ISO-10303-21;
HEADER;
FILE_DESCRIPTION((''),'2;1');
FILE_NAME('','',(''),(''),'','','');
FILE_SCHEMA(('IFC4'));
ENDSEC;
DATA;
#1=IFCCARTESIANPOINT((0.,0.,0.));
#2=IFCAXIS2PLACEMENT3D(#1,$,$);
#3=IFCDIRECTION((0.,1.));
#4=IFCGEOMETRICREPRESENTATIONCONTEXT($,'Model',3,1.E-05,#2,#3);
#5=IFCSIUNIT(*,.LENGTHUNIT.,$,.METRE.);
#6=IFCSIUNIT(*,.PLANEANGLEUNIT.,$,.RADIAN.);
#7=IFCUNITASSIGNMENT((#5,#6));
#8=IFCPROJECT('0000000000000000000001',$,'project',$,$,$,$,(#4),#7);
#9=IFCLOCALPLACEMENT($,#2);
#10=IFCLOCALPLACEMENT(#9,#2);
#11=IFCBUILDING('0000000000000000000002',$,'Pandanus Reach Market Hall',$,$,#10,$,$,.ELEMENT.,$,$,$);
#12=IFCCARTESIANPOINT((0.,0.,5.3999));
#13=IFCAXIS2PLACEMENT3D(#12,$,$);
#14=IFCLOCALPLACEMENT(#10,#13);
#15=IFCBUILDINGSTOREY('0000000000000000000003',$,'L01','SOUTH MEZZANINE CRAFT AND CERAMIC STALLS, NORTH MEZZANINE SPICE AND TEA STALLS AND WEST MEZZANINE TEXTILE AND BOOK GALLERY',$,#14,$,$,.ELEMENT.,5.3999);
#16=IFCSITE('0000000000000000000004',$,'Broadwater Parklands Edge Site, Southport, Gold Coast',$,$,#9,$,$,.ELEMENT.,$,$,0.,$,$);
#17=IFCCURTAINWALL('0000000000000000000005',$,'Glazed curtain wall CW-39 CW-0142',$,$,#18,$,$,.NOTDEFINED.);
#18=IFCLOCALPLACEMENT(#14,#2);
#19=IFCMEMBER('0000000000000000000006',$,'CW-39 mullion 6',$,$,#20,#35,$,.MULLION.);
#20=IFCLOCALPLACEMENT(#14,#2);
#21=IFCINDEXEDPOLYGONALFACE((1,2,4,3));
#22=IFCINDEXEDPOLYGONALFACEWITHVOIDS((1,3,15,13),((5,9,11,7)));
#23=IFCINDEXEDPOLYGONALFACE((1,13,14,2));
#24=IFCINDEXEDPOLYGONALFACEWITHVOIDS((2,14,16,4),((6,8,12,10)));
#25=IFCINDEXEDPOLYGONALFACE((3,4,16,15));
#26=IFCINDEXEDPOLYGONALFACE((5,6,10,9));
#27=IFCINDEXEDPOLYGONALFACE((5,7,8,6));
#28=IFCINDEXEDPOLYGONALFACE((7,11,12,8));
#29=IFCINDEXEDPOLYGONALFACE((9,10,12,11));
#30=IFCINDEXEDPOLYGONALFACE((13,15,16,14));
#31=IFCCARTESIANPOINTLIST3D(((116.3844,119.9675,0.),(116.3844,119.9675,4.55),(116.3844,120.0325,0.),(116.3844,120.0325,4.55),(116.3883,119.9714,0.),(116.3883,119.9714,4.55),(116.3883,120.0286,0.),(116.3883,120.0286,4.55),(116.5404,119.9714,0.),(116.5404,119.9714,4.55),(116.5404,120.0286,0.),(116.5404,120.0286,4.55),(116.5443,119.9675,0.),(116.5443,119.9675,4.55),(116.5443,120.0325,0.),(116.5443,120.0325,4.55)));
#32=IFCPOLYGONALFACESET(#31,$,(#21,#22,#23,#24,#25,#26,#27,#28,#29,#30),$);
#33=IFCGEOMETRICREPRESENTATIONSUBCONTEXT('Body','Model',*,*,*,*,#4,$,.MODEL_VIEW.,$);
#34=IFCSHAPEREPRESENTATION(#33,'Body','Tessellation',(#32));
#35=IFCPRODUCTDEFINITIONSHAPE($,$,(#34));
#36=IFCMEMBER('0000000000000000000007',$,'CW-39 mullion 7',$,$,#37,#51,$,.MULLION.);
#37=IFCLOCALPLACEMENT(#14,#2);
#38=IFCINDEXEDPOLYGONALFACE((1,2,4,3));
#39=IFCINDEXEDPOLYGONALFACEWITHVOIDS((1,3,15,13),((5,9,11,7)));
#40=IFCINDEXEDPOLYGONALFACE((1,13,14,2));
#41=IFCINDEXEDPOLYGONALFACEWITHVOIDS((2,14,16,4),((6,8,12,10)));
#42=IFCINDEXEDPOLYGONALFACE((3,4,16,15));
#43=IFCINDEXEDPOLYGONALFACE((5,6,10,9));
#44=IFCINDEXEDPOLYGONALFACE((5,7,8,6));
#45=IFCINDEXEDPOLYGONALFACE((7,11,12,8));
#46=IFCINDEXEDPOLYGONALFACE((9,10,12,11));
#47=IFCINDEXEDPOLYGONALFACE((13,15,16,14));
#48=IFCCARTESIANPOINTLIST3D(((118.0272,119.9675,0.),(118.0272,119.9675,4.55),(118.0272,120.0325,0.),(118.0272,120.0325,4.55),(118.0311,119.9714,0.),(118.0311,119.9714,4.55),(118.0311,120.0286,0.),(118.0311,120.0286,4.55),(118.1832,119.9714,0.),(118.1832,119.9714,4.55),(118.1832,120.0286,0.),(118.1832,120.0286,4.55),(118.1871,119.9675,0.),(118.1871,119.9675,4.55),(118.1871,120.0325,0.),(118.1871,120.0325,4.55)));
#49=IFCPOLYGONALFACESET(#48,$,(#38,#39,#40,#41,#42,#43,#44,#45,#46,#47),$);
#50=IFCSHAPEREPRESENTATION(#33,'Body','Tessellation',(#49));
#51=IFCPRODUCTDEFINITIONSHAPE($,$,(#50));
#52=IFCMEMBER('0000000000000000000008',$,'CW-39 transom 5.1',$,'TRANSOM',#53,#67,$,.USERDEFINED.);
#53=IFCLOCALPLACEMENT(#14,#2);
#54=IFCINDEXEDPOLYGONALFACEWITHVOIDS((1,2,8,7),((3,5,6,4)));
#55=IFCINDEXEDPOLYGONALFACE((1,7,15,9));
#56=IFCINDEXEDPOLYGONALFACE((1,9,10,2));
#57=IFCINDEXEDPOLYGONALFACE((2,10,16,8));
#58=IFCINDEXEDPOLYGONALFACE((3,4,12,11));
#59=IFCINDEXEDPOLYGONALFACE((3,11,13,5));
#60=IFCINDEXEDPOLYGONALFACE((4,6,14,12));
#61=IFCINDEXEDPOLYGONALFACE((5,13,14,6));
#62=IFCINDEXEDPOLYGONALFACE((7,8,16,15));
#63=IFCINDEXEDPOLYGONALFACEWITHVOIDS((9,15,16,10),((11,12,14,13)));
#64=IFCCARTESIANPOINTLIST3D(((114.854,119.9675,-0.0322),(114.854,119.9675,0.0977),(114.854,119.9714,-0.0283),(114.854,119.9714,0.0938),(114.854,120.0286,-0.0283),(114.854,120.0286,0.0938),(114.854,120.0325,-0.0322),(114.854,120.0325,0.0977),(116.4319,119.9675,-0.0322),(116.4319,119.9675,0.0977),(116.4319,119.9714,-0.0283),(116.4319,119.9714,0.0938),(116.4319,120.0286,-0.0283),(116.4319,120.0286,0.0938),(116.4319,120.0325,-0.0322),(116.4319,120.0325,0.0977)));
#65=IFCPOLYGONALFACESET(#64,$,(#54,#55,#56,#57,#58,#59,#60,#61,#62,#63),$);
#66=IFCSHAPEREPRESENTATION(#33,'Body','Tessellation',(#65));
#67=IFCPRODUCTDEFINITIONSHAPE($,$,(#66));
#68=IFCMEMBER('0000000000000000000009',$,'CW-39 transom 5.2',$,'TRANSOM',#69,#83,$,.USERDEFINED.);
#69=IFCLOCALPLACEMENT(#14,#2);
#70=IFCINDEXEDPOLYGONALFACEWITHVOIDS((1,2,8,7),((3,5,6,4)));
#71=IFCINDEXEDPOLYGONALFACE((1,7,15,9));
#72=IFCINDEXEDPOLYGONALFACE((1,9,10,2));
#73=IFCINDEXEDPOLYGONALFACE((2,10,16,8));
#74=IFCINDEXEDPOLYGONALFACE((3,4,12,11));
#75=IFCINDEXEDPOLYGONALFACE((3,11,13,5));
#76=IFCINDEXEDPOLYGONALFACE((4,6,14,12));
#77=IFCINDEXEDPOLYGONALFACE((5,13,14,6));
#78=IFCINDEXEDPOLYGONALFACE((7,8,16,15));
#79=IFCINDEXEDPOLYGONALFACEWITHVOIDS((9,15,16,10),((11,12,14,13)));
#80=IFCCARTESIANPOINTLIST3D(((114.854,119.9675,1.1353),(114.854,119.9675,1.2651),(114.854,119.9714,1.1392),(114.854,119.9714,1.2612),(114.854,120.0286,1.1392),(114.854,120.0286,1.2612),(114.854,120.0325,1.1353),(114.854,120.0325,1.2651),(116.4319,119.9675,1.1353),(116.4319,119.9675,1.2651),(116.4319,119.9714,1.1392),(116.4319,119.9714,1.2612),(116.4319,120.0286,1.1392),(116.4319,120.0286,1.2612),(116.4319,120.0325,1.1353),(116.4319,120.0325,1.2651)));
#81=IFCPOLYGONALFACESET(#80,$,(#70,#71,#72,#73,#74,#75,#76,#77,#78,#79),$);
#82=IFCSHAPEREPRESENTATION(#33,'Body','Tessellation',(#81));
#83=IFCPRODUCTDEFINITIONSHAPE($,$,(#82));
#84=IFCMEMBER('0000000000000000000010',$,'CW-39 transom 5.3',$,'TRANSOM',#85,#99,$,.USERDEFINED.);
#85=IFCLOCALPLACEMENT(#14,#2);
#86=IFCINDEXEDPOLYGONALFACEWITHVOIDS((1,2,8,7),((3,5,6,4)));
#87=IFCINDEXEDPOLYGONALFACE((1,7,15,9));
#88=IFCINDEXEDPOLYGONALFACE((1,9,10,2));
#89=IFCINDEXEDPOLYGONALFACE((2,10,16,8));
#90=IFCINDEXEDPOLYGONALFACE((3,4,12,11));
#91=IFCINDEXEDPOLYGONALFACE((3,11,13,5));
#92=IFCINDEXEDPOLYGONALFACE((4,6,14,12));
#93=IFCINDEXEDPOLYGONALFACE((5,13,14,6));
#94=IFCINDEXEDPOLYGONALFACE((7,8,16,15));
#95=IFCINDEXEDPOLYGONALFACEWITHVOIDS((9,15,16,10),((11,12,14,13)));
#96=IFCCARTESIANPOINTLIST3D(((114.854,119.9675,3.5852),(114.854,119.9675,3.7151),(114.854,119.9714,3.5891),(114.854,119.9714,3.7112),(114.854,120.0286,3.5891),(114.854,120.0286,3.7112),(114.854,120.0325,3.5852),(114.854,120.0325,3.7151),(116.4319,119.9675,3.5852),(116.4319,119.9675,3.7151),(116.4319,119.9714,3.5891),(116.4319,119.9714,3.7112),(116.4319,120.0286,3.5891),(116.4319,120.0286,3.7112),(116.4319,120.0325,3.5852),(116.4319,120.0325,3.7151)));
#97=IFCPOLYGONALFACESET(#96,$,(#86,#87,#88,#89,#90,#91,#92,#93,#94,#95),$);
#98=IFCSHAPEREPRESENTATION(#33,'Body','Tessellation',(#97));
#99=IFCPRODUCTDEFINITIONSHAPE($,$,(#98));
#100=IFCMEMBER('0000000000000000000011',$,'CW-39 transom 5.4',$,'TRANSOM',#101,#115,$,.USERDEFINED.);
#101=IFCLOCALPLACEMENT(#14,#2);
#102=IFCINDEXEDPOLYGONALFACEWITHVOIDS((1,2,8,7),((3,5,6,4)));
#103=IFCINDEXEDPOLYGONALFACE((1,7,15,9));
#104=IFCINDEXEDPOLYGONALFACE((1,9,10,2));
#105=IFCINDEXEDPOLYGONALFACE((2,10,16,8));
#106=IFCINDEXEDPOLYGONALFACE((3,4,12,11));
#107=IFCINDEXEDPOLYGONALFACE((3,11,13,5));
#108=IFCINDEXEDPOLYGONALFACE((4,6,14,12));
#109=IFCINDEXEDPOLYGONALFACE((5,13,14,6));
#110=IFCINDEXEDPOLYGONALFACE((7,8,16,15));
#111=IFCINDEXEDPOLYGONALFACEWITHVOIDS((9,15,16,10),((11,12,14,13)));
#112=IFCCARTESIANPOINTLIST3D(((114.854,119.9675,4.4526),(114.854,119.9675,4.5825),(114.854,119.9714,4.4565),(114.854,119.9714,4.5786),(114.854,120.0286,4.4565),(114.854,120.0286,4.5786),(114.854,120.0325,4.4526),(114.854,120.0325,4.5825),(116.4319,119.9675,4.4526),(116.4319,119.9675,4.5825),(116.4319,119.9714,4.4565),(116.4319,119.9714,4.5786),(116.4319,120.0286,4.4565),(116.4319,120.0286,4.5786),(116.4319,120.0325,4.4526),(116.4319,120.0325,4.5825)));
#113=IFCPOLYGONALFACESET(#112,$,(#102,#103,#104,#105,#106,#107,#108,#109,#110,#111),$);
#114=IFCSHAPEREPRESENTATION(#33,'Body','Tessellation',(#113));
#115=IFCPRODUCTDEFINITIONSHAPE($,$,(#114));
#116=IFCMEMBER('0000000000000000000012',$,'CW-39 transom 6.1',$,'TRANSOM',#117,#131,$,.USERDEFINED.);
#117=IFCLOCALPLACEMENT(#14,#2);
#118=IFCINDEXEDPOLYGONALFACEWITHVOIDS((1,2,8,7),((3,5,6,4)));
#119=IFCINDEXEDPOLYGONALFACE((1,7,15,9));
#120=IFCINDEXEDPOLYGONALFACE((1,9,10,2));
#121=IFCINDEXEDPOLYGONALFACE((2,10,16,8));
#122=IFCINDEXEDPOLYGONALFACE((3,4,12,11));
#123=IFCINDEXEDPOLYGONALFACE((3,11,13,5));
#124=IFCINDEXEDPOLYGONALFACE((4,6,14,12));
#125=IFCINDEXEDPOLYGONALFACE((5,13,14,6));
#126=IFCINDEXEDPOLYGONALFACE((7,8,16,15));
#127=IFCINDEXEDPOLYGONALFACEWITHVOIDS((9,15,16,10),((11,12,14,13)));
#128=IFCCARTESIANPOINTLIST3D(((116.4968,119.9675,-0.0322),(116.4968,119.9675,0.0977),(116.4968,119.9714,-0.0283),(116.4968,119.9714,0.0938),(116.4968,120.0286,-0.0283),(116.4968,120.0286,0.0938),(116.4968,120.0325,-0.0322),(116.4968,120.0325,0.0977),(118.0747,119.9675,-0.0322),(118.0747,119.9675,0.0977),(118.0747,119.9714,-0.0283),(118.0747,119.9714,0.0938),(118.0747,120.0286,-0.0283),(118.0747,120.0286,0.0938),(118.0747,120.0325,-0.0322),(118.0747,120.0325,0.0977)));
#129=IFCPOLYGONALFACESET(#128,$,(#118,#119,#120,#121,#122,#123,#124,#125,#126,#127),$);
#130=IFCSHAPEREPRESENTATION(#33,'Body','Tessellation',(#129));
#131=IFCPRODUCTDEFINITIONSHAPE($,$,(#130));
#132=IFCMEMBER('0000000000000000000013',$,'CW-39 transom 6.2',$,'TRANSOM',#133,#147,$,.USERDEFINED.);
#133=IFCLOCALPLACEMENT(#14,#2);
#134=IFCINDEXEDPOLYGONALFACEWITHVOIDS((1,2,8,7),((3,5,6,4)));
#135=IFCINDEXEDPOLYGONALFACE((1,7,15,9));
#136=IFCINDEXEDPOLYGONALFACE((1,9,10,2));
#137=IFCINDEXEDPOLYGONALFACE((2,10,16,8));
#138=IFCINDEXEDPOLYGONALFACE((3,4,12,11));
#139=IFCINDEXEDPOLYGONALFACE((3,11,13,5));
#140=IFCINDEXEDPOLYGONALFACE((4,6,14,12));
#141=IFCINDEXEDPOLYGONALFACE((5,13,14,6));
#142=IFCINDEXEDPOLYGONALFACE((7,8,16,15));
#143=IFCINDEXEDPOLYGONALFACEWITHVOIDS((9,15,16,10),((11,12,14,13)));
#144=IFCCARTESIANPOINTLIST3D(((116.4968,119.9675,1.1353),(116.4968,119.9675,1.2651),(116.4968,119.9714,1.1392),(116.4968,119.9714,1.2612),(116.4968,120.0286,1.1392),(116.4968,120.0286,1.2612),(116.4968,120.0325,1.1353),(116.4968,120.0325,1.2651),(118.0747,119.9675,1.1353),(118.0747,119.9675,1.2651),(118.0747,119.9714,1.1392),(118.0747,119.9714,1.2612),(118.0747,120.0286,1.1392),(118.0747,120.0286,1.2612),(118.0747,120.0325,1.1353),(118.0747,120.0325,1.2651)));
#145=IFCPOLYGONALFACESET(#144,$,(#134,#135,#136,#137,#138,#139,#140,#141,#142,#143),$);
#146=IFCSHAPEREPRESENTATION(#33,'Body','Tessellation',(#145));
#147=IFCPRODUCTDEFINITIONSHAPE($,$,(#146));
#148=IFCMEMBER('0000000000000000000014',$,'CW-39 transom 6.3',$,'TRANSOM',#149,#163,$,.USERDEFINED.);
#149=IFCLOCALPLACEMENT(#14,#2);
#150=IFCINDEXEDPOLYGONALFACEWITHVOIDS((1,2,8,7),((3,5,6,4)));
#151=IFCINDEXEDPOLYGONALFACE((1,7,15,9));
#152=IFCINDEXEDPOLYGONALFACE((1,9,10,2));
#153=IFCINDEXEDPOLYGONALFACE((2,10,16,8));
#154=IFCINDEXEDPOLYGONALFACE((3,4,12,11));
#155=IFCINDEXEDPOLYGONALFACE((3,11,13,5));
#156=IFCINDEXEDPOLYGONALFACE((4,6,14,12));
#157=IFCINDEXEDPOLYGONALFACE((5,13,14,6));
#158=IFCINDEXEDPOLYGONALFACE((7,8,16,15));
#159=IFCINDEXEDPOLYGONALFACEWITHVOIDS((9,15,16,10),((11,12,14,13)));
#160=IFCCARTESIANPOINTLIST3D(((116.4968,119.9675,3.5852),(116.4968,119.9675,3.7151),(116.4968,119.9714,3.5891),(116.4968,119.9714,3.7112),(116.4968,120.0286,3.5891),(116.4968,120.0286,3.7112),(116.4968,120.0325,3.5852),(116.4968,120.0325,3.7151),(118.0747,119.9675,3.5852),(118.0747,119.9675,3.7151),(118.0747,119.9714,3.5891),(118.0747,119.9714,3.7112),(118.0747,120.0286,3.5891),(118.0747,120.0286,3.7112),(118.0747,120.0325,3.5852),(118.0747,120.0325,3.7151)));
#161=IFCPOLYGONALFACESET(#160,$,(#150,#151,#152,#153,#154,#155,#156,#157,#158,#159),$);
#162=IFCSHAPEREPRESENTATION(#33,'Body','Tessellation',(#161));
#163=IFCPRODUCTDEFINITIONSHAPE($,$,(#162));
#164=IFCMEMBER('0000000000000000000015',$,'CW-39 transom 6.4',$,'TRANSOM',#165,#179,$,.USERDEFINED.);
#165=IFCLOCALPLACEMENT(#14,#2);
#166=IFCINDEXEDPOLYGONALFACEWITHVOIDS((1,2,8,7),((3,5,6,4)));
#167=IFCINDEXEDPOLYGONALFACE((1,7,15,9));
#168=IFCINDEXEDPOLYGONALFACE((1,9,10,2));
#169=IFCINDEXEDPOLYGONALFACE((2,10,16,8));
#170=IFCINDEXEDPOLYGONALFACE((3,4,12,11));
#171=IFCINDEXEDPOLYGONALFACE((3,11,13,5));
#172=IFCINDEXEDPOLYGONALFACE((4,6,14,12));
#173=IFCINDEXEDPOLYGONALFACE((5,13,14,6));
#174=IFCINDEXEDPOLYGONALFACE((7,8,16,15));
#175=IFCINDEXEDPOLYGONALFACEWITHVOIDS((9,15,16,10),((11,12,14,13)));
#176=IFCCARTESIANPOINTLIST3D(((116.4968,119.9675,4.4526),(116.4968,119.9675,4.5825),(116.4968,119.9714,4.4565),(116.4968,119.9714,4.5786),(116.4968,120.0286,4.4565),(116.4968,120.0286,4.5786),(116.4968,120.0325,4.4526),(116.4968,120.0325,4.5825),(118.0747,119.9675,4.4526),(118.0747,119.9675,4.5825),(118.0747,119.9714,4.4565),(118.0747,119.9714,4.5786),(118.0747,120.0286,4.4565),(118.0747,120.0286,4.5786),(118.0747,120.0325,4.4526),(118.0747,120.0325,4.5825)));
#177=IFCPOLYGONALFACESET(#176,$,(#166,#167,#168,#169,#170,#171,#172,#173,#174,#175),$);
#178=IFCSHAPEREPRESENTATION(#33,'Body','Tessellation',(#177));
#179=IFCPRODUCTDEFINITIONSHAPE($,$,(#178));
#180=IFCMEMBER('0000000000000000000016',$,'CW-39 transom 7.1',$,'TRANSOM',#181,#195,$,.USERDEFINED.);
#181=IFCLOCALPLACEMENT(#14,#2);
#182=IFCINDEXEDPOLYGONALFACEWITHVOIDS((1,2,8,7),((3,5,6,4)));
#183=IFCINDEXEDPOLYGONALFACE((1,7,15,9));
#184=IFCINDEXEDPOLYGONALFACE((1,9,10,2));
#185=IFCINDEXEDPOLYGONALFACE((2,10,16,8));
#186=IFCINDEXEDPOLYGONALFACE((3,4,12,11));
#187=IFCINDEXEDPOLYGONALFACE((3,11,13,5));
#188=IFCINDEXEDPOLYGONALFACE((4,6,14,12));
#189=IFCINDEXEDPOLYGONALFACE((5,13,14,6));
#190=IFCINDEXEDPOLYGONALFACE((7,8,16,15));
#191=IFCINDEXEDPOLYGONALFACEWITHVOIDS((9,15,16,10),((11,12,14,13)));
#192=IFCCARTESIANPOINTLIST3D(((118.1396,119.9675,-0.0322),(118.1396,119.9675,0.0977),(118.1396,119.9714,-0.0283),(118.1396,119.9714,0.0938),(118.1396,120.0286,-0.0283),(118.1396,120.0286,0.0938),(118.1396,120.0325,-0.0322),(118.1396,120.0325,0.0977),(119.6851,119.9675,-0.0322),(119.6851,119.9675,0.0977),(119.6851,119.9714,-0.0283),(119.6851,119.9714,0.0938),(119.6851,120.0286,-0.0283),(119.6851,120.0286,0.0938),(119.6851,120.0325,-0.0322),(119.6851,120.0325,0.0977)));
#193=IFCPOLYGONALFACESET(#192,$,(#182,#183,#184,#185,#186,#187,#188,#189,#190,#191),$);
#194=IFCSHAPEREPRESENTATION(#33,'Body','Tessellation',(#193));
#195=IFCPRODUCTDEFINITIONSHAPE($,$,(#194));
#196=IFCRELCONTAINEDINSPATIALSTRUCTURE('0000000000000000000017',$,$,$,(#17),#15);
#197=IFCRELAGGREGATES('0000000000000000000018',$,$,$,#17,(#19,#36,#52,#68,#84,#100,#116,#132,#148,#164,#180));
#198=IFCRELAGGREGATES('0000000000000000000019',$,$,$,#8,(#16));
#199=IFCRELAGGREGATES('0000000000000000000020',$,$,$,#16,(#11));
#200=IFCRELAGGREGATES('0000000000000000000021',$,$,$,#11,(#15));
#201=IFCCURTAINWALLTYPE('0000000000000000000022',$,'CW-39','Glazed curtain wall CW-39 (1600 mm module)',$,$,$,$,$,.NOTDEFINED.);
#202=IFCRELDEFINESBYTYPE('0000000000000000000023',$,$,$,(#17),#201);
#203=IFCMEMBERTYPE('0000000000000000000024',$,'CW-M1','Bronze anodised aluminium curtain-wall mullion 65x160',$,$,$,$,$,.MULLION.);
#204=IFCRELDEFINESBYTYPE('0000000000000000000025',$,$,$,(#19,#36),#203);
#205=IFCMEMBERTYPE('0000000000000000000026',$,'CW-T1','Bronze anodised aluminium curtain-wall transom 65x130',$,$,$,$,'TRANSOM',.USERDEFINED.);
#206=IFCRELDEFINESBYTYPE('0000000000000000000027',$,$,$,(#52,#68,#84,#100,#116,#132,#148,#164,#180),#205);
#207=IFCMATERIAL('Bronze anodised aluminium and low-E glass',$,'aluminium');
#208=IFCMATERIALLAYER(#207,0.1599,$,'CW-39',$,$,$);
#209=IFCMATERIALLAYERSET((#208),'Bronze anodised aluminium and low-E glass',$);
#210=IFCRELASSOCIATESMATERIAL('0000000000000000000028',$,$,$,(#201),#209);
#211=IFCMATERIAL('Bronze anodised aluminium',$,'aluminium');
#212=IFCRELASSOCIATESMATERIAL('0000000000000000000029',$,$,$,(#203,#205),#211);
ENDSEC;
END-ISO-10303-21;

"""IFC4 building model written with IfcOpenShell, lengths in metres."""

from ifc_helpers import new_model, si_unit, direction, frame, origin, origin_2d, place, context, subcontext, project, spatial, hollow_rectangle, extrude, material, layer, layer_set, material_profile, profile_set, type_object, element, aggregate, save


model = new_model("IFC4")

# Units and contexts
model_context = context("Model", 3, precision=1e-05, world=origin(), true_north=direction((0.0, 1.0)))
body_context = subcontext(model_context, "Body", "Model", "MODEL_VIEW")
ifc_project = project(units=[si_unit("LENGTHUNIT", "METRE"), si_unit("PLANEANGLEUNIT", "RADIAN")], contexts=[model_context])

# Site, building, storey
site_placement = place(None, origin())
site = spatial("IfcSite", under=ifc_project, at=site_placement, Name="Broadwater Parklands Edge Site, Southport, Gold Coast", CompositionType="ELEMENT", RefElevation=0.0)
building_placement = place(site_placement, origin())
building = spatial("IfcBuilding", under=site, at=building_placement, Name="Pandanus Reach Market Hall", CompositionType="ELEMENT")
storey_placement = place(building_placement, frame((0.0, 0.0, 5.3999)))
storey = spatial("IfcBuildingStorey", under=building, at=storey_placement, Name="L01", Description="SOUTH MEZZANINE CRAFT AND CERAMIC STALLS, NORTH MEZZANINE SPICE AND TEA STALLS AND WEST MEZZANINE TEXTILE AND BOOK GALLERY", CompositionType="ELEMENT", Elevation=5.3999)

# Curtain wall, members
ifc_material_1 = material(Name="Bronze anodised aluminium and low-E glass", Category="aluminium")
ifc_layer_1 = layer(ifc_material_1, 0.1599, Name="CW-39")
ifc_layer_set_1 = layer_set([ifc_layer_1], Name="Bronze anodised aluminium and low-E glass")
curtain_wall_type = type_object("IfcCurtainWallType", Name="CW-39", Description="Glazed curtain wall CW-39 (1600 mm module)", PredefinedType="NOTDEFINED", material=ifc_layer_set_1)
curtain_wall_placement = place(storey_placement, origin())
curtain_wall = element("IfcCurtainWall", 1, at=curtain_wall_placement, inside=storey, type_object=curtain_wall_type, Name="Glazed curtain wall CW-39 CW-0142", PredefinedType="NOTDEFINED")
ifc_material_2 = material(Name="Bronze anodised aluminium", Category="aluminium")
ifc_material_profile_1 = material_profile(ifc_material_2, hollow_rectangle(XDim=0.0649, YDim=0.1599, WallThickness=0.0039, at=origin_2d()), Name="ALU65x160", Category="LoadBearing")
ifc_profile_set_1 = profile_set([ifc_material_profile_1], Name="Bronze anodised aluminium")
member_type_1 = type_object("IfcMemberType", Name="CW-M1", Description="Bronze anodised aluminium curtain-wall mullion 65x160", PredefinedType="MULLION", material=ifc_profile_set_1)
member_1_placement = place(storey_placement, frame((116.4644, 120.0, 0.0), z_axis=(0.0, 0.0, 1.0), x_axis=(0.0, 1.0, 0.0)))
member_1 = element("IfcMember", 2, at=member_1_placement, type_object=member_type_1, Name="CW-39 mullion 6", PredefinedType="MULLION", context=body_context, shape_type="SweptSolid", body=[
    extrude(hollow_rectangle(XDim=0.0649, YDim=0.1599, WallThickness=0.0039, at=origin_2d()), origin(), (0.0, 0.0, 1.0), 4.55),
])
member_2_placement = place(storey_placement, frame((118.1072, 120.0, 0.0), z_axis=(0.0, 0.0, 1.0), x_axis=(0.0, 1.0, 0.0)))
member_2 = element("IfcMember", 3, at=member_2_placement, type_object=member_type_1, Name="CW-39 mullion 7", PredefinedType="MULLION", context=body_context, shape_type="SweptSolid", body=[
    extrude(hollow_rectangle(XDim=0.0649, YDim=0.1599, WallThickness=0.0039, at=origin_2d()), origin(), (0.0, 0.0, 1.0), 4.55),
])
ifc_material_profile_2 = material_profile(ifc_material_2, hollow_rectangle(XDim=0.0649, YDim=0.1299, WallThickness=0.0039, at=origin_2d()), Name="ALU65x130", Category="LoadBearing")
ifc_profile_set_2 = profile_set([ifc_material_profile_2], Name="Bronze anodised aluminium")
member_type_2 = type_object("IfcMemberType", Name="CW-T1", Description="Bronze anodised aluminium curtain-wall transom 65x130", ElementType="TRANSOM", PredefinedType="USERDEFINED", material=ifc_profile_set_2)
member_3_placement = place(storey_placement, frame((114.854, 120.0, 0.0327), z_axis=(1.0, 0.0, 0.0), x_axis=(0.0, 1.0, 0.0)))
member_3 = element("IfcMember", 4, at=member_3_placement, type_object=member_type_2, Name="CW-39 transom 5.1", ObjectType="TRANSOM", PredefinedType="USERDEFINED", context=body_context, shape_type="SweptSolid", body=[
    extrude(hollow_rectangle(XDim=0.0649, YDim=0.1299, WallThickness=0.0039, at=origin_2d()), origin(), (0.0, 0.0, 1.0), 1.5779),
])
member_4_placement = place(storey_placement, frame((114.854, 120.0, 1.2002), z_axis=(1.0, 0.0, 0.0), x_axis=(0.0, 1.0, 0.0)))
member_4 = element("IfcMember", 5, at=member_4_placement, type_object=member_type_2, Name="CW-39 transom 5.2", ObjectType="TRANSOM", PredefinedType="USERDEFINED", context=body_context, shape_type="SweptSolid", body=[
    extrude(hollow_rectangle(XDim=0.0649, YDim=0.1299, WallThickness=0.0039, at=origin_2d()), origin(), (0.0, 0.0, 1.0), 1.5779),
])
member_5_placement = place(storey_placement, frame((114.854, 120.0, 3.6501), z_axis=(1.0, 0.0, 0.0), x_axis=(0.0, 1.0, 0.0)))
member_5 = element("IfcMember", 6, at=member_5_placement, type_object=member_type_2, Name="CW-39 transom 5.3", ObjectType="TRANSOM", PredefinedType="USERDEFINED", context=body_context, shape_type="SweptSolid", body=[
    extrude(hollow_rectangle(XDim=0.0649, YDim=0.1299, WallThickness=0.0039, at=origin_2d()), origin(), (0.0, 0.0, 1.0), 1.5779),
])
member_6_placement = place(storey_placement, frame((114.854, 120.0, 4.5176), z_axis=(1.0, 0.0, 0.0), x_axis=(0.0, 1.0, 0.0)))
member_6 = element("IfcMember", 7, at=member_6_placement, type_object=member_type_2, Name="CW-39 transom 5.4", ObjectType="TRANSOM", PredefinedType="USERDEFINED", context=body_context, shape_type="SweptSolid", body=[
    extrude(hollow_rectangle(XDim=0.0649, YDim=0.1299, WallThickness=0.0039, at=origin_2d()), origin(), (0.0, 0.0, 1.0), 1.5779),
])
member_7_placement = place(storey_placement, frame((116.4968, 120.0, 0.0327), z_axis=(1.0, 0.0, 0.0), x_axis=(0.0, 1.0, 0.0)))
member_7 = element("IfcMember", 8, at=member_7_placement, type_object=member_type_2, Name="CW-39 transom 6.1", ObjectType="TRANSOM", PredefinedType="USERDEFINED", context=body_context, shape_type="SweptSolid", body=[
    extrude(hollow_rectangle(XDim=0.0649, YDim=0.1299, WallThickness=0.0039, at=origin_2d()), origin(), (0.0, 0.0, 1.0), 1.5779),
])
member_8_placement = place(storey_placement, frame((116.4968, 120.0, 1.2002), z_axis=(1.0, 0.0, 0.0), x_axis=(0.0, 1.0, 0.0)))
member_8 = element("IfcMember", 9, at=member_8_placement, type_object=member_type_2, Name="CW-39 transom 6.2", ObjectType="TRANSOM", PredefinedType="USERDEFINED", context=body_context, shape_type="SweptSolid", body=[
    extrude(hollow_rectangle(XDim=0.0649, YDim=0.1299, WallThickness=0.0039, at=origin_2d()), origin(), (0.0, 0.0, 1.0), 1.5779),
])
member_9_placement = place(storey_placement, frame((116.4968, 120.0, 3.6501), z_axis=(1.0, 0.0, 0.0), x_axis=(0.0, 1.0, 0.0)))
member_9 = element("IfcMember", 10, at=member_9_placement, type_object=member_type_2, Name="CW-39 transom 6.3", ObjectType="TRANSOM", PredefinedType="USERDEFINED", context=body_context, shape_type="SweptSolid", body=[
    extrude(hollow_rectangle(XDim=0.0649, YDim=0.1299, WallThickness=0.0039, at=origin_2d()), origin(), (0.0, 0.0, 1.0), 1.5779),
])
member_10_placement = place(storey_placement, frame((116.4968, 120.0, 4.5176), z_axis=(1.0, 0.0, 0.0), x_axis=(0.0, 1.0, 0.0)))
member_10 = element("IfcMember", 11, at=member_10_placement, type_object=member_type_2, Name="CW-39 transom 6.4", ObjectType="TRANSOM", PredefinedType="USERDEFINED", context=body_context, shape_type="SweptSolid", body=[
    extrude(hollow_rectangle(XDim=0.0649, YDim=0.1299, WallThickness=0.0039, at=origin_2d()), origin(), (0.0, 0.0, 1.0), 1.5779),
])
member_11_placement = place(storey_placement, frame((118.1396, 120.0, 0.0327), z_axis=(1.0, 0.0, 0.0), x_axis=(0.0, 1.0, 0.0)))
member_11 = element("IfcMember", 12, at=member_11_placement, type_object=member_type_2, Name="CW-39 transom 7.1", ObjectType="TRANSOM", PredefinedType="USERDEFINED", context=body_context, shape_type="SweptSolid", body=[
    extrude(hollow_rectangle(XDim=0.0649, YDim=0.1299, WallThickness=0.0039, at=origin_2d()), origin(), (0.0, 0.0, 1.0), 1.5454),
])
aggregate(curtain_wall, [member_1, member_2, member_3, member_4, member_5, member_6, member_7, member_8, member_9, member_10, member_11])

save(model, "model.ifc")
